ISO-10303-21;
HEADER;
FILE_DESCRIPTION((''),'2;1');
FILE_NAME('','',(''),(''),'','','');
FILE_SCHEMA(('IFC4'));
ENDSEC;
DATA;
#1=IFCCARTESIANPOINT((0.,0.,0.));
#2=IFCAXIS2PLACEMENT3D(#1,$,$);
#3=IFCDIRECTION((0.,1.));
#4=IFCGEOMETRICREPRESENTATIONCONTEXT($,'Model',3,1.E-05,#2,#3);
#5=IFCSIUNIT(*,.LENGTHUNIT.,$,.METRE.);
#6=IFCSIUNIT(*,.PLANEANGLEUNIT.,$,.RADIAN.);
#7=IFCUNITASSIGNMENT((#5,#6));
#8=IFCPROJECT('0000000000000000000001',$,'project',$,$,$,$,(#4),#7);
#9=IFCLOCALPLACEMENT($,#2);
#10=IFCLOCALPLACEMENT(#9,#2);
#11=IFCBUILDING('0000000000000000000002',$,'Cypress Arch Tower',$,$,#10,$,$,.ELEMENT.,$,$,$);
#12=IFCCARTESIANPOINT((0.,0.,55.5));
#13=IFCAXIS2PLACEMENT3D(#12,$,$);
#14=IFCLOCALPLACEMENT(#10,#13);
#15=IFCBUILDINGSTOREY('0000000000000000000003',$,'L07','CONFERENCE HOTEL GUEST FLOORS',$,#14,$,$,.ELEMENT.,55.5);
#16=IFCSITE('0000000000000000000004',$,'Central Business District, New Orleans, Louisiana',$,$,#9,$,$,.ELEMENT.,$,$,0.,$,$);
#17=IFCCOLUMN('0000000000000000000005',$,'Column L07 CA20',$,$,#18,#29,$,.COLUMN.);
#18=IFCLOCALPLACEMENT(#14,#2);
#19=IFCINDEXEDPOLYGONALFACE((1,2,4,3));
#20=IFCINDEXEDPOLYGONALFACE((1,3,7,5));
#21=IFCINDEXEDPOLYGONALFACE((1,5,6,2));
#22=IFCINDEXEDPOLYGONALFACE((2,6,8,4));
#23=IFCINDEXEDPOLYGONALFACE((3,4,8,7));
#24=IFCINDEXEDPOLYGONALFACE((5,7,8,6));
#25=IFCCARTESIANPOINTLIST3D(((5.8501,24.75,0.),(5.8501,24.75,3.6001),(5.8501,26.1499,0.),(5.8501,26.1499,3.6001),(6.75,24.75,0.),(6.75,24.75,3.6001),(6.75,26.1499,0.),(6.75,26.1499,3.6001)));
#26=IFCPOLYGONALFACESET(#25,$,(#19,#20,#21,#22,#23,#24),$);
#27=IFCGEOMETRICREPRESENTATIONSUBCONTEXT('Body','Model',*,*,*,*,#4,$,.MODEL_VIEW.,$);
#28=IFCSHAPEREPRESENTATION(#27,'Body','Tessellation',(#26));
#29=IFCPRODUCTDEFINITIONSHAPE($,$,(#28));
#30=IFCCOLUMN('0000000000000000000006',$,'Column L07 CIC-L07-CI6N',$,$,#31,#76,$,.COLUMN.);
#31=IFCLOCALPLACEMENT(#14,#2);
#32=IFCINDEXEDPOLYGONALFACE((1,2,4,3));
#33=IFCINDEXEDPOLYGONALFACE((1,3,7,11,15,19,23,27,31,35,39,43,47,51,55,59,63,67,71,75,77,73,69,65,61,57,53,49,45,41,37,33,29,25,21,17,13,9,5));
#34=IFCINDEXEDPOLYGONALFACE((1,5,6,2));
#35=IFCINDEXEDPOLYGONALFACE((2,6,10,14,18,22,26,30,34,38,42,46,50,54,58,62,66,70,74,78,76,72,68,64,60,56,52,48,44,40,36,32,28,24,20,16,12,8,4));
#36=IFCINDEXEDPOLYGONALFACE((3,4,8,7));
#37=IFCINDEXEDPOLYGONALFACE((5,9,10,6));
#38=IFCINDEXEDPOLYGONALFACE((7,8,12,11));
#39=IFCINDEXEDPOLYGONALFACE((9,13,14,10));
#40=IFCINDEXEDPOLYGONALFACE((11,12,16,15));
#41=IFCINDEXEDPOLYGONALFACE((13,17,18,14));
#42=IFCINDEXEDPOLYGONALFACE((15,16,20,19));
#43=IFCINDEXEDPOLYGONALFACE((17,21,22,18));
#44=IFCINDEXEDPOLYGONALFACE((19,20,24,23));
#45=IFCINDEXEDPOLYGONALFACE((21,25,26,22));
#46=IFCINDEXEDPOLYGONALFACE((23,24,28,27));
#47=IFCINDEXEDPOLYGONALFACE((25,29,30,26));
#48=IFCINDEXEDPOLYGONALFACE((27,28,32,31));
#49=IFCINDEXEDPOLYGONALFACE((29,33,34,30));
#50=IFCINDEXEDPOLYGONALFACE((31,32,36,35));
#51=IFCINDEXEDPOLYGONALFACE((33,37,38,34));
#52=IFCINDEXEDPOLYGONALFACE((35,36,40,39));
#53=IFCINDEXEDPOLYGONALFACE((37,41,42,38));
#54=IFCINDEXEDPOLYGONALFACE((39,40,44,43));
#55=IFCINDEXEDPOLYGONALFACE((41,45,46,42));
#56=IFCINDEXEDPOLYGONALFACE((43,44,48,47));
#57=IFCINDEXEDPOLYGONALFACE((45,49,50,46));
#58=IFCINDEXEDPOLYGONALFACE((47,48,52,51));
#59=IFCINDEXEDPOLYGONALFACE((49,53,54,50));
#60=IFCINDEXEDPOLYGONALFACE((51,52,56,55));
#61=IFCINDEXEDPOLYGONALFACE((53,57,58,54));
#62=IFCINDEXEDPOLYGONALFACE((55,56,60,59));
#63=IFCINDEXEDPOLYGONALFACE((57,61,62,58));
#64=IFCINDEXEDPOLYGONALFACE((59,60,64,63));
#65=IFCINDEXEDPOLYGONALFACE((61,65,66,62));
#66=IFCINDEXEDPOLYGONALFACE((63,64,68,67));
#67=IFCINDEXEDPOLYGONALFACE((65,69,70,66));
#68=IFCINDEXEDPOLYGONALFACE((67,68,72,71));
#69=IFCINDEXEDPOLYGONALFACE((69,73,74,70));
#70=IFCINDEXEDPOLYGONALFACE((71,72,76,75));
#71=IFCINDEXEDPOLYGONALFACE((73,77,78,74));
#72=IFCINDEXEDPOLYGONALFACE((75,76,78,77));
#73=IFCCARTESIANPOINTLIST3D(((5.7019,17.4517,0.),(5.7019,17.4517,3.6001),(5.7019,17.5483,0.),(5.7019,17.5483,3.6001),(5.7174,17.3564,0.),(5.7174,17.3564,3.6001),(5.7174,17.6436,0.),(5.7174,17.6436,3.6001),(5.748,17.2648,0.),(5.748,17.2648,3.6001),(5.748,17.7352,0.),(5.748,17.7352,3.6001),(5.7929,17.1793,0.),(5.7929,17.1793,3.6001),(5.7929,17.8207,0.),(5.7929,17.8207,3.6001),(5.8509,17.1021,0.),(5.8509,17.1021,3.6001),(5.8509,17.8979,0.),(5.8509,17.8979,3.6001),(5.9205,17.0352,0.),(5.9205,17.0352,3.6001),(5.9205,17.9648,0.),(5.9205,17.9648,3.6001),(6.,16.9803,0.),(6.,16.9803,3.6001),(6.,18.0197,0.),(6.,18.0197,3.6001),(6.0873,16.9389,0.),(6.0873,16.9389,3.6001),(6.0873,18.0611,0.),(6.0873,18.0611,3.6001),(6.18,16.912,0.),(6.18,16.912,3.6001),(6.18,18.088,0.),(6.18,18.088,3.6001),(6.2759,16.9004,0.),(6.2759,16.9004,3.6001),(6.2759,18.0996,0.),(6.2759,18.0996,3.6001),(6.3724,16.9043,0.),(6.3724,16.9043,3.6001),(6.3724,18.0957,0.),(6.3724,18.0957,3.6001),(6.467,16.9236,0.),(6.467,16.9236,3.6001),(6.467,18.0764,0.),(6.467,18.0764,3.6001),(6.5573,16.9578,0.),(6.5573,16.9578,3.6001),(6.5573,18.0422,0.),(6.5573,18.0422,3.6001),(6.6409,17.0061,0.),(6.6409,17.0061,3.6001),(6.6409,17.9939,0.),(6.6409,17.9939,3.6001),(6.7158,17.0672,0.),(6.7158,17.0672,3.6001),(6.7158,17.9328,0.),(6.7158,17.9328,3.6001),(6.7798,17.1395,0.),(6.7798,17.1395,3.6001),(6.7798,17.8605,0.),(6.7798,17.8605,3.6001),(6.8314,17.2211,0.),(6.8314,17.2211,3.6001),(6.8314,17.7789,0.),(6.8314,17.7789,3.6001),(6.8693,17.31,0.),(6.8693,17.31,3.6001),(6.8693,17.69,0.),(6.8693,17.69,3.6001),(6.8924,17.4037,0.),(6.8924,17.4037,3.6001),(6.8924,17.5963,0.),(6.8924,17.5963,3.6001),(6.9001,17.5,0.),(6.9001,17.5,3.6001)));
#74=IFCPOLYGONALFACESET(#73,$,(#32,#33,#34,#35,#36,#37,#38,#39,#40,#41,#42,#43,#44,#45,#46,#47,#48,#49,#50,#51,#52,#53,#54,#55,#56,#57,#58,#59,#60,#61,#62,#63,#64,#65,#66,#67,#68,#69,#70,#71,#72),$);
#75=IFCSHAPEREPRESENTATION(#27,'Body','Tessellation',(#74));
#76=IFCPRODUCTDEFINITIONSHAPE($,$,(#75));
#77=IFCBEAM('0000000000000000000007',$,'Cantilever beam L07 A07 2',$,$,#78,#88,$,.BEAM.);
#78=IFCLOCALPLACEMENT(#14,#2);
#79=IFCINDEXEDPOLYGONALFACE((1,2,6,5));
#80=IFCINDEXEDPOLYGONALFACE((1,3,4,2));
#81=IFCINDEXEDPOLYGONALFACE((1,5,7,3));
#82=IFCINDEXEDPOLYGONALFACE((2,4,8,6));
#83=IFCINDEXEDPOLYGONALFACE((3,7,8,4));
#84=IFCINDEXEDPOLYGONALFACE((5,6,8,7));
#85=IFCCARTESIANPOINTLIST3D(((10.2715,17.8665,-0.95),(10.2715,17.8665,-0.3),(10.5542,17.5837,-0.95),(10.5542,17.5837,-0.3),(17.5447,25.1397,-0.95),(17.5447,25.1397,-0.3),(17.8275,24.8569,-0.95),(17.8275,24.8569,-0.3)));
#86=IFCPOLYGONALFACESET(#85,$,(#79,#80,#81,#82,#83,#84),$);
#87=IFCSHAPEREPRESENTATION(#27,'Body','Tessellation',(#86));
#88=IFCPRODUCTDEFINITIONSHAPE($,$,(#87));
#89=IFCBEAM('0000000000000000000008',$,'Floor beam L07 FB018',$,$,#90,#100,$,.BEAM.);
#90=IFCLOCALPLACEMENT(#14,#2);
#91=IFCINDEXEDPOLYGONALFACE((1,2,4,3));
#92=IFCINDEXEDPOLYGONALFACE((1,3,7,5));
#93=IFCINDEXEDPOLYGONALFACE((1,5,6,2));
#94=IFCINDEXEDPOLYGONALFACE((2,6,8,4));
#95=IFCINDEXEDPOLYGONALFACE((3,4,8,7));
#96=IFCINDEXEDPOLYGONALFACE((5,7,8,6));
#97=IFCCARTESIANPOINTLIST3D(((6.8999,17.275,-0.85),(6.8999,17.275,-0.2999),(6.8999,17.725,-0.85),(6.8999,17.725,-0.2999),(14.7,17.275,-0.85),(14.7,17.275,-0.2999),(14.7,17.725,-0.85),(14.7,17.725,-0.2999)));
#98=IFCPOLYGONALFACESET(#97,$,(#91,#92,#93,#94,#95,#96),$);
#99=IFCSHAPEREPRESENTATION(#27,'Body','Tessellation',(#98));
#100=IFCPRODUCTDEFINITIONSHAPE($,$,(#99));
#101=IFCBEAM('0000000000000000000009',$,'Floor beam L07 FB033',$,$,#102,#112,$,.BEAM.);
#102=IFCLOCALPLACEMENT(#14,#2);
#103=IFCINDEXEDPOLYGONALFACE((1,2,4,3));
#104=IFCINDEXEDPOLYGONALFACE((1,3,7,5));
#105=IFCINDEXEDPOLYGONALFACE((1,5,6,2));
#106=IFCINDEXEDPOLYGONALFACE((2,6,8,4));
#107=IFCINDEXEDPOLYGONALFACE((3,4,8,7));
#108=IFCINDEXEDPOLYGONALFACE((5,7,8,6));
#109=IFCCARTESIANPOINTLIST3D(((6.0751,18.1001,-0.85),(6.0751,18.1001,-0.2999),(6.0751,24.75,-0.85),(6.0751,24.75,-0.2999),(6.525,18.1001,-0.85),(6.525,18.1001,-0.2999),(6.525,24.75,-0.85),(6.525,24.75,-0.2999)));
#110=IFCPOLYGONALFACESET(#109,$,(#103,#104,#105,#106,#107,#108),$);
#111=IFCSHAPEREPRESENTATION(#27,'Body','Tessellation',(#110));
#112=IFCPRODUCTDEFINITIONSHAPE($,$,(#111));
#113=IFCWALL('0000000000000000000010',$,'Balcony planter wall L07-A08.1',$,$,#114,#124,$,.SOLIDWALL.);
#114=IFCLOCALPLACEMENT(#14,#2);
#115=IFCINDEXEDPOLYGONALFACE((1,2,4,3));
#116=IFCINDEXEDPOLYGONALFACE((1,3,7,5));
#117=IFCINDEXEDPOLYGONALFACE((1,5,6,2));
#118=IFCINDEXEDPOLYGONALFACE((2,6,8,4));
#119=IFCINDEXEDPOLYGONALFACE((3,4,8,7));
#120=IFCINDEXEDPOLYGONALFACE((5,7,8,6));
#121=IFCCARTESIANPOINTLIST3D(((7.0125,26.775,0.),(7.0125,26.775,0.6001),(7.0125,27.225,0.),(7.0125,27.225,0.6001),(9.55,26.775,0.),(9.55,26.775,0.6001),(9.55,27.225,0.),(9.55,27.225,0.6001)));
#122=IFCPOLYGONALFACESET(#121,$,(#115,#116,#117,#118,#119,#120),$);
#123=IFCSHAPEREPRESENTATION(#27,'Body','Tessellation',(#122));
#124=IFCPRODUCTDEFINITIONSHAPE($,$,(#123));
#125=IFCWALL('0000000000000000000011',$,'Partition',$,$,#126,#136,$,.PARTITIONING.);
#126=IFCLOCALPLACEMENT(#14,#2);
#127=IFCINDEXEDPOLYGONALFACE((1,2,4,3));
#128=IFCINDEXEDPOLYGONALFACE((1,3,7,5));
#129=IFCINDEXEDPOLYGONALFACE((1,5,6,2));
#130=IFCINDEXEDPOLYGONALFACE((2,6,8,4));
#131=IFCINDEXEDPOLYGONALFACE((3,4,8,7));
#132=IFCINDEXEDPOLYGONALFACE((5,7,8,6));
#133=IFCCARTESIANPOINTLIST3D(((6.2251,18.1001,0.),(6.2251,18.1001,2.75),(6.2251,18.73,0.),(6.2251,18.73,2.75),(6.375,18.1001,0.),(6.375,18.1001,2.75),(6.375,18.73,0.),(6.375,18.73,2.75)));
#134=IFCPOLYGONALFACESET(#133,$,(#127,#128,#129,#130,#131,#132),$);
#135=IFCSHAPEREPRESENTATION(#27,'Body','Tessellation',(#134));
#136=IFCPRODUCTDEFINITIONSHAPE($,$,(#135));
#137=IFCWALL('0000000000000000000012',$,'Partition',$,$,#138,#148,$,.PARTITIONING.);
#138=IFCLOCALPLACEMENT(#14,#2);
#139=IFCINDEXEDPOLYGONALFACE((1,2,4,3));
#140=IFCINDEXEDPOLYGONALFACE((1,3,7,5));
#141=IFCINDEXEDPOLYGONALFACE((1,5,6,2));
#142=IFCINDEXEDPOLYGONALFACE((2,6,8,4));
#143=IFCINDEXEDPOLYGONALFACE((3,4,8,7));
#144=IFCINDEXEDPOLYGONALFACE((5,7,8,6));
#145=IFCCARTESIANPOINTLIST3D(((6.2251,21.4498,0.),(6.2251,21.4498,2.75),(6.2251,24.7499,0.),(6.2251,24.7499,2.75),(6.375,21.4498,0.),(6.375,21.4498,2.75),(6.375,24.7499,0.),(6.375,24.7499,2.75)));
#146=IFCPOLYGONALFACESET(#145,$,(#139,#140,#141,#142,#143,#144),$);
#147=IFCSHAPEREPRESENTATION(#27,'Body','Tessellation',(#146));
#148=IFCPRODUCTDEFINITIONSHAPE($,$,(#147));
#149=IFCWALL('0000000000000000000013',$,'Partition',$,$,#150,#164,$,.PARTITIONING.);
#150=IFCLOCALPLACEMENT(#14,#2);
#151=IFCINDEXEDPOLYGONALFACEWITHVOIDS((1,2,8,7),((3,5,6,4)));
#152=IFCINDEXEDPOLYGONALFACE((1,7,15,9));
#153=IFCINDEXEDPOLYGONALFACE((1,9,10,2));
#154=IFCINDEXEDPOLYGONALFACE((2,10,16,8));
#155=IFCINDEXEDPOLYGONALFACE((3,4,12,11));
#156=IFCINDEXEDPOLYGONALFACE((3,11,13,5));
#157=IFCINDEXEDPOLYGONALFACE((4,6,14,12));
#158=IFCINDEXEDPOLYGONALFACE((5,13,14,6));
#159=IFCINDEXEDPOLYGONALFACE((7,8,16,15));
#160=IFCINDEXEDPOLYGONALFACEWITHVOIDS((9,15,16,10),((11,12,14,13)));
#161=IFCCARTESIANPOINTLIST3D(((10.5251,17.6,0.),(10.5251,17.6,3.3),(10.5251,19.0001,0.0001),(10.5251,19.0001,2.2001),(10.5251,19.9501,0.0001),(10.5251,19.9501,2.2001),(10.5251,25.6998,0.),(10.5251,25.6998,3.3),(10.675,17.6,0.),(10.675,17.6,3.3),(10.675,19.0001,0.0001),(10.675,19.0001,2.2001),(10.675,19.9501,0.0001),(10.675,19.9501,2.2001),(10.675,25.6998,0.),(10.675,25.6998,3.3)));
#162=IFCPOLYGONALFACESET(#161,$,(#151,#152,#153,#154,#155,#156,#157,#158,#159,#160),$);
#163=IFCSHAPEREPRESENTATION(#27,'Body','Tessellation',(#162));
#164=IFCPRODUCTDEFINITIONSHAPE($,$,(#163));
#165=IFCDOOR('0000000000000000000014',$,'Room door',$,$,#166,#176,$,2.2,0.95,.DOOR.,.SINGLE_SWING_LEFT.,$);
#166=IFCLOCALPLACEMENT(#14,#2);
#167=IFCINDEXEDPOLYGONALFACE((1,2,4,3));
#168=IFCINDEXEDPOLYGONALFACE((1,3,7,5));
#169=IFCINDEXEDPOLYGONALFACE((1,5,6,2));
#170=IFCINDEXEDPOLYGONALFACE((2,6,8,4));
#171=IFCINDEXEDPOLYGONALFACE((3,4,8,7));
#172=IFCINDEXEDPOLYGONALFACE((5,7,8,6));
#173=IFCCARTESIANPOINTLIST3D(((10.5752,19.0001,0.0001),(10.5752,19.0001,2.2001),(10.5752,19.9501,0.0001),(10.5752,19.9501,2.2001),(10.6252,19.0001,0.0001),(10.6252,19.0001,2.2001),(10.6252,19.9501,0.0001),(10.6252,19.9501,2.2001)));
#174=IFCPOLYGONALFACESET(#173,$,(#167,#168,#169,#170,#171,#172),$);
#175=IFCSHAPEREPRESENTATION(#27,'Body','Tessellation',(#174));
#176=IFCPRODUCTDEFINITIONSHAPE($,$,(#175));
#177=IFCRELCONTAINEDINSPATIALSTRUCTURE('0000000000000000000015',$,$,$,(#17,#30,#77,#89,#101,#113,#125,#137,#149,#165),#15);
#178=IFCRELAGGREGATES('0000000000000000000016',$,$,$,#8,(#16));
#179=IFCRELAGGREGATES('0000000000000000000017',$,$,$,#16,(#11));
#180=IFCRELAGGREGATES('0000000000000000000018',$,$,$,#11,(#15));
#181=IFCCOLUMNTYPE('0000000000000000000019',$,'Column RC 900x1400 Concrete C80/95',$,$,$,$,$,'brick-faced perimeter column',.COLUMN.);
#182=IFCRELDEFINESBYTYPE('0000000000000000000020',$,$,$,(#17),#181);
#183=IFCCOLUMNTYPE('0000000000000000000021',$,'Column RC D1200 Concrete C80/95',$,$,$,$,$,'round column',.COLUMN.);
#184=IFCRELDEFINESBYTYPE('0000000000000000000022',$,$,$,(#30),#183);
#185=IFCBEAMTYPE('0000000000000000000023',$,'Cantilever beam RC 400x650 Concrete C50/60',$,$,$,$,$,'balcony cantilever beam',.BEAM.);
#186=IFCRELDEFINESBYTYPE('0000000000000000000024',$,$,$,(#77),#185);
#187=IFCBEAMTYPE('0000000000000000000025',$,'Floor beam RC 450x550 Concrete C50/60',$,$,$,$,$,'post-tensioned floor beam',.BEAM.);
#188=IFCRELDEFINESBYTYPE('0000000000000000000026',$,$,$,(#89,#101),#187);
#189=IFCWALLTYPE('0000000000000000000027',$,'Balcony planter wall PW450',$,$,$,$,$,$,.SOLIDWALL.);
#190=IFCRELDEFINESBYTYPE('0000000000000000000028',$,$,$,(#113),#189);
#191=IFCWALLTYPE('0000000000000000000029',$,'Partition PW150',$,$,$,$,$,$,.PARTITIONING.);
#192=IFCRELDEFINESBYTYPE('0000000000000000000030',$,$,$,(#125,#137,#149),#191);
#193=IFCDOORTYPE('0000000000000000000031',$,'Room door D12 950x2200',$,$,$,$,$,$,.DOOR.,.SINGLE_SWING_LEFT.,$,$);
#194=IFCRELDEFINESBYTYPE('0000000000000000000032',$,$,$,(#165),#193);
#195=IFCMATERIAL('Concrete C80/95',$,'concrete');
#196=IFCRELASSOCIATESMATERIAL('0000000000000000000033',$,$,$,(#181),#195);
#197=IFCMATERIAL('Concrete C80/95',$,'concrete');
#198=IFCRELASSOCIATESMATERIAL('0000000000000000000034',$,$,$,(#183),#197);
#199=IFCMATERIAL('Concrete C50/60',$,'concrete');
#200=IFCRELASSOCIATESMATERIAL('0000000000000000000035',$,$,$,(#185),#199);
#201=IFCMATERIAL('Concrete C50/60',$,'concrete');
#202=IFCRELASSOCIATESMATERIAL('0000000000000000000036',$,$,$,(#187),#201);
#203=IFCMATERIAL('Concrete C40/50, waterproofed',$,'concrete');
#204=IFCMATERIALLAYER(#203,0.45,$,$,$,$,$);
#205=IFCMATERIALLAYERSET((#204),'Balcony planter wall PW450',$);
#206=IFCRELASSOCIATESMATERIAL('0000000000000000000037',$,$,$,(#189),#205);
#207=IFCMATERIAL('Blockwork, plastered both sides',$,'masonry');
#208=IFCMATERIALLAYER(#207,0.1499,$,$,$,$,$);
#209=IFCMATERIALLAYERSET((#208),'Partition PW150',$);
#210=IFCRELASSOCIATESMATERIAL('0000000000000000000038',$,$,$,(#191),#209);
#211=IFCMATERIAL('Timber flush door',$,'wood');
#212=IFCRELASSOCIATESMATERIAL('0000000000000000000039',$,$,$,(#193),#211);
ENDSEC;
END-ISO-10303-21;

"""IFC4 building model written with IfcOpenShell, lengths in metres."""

from ifc_helpers import new_model, si_unit, direction, frame, frame_2d, origin, origin_2d, place, context, subcontext, project, spatial, rectangle, circle, extrude, material, layer, layer_set, material_profile, profile_set, type_object, element, fill, save


model = new_model("IFC4")

# Units and contexts
model_context = context("Model", 3, precision=1e-05, world=origin(), true_north=direction((0.0, 1.0)))
body_context = subcontext(model_context, "Body", "Model", "MODEL_VIEW")
ifc_project = project(units=[si_unit("LENGTHUNIT", "METRE"), si_unit("PLANEANGLEUNIT", "RADIAN")], contexts=[model_context])

# Site, building, storey
site_placement = place(None, origin())
site = spatial("IfcSite", under=ifc_project, at=site_placement, Name="Central Business District, New Orleans, Louisiana", CompositionType="ELEMENT", RefElevation=0.0)
building_placement = place(site_placement, origin())
building = spatial("IfcBuilding", under=site, at=building_placement, Name="Cypress Arch Tower", CompositionType="ELEMENT")
storey_placement = place(building_placement, frame((0.0, 0.0, 55.5)))
storey = spatial("IfcBuildingStorey", under=building, at=storey_placement, Name="L07", Description="CONFERENCE HOTEL GUEST FLOORS", CompositionType="ELEMENT", Elevation=55.5)

# Columns
ifc_material_1 = material(Name="Concrete C80/95", Category="concrete")
ifc_material_profile_1 = material_profile(ifc_material_1, rectangle(XDim=0.8999, YDim=1.3999, at=origin_2d()), Name="RC 900x1400")
ifc_profile_set_1 = profile_set([ifc_material_profile_1], Name="Concrete C80/95")
column_type_1 = type_object("IfcColumnType", Name="Column RC 900x1400 Concrete C80/95", ElementType="brick-faced perimeter column", PredefinedType="COLUMN", material=ifc_profile_set_1)
column_1_placement = place(storey_placement, frame((6.3, 25.45, 0.0), z_axis=(0.0, 0.0, 1.0), x_axis=(-1.0, 0.0, 0.0)))
element("IfcColumn", 1, at=column_1_placement, inside=storey, type_object=column_type_1, Name="Column L07 CA20", PredefinedType="COLUMN", context=body_context, shape_type="SweptSolid", body=[
    extrude(rectangle(XDim=0.8999, YDim=1.3999, at=origin_2d()), origin(), (0.0, 0.0, 1.0), 3.6001),
])
ifc_material_2 = material(Name="Concrete C80/95", Category="concrete")
ifc_material_profile_2 = material_profile(ifc_material_2, circle(Radius=0.6001, at=origin_2d()), Name="RC D1200")
ifc_profile_set_2 = profile_set([ifc_material_profile_2], Name="Concrete C80/95")
column_type_2 = type_object("IfcColumnType", Name="Column RC D1200 Concrete C80/95", ElementType="round column", PredefinedType="COLUMN", material=ifc_profile_set_2)
column_2_placement = place(storey_placement, frame((6.3, 17.5, 0.0), z_axis=(0.0, 0.0, 1.0), x_axis=(1.0, 0.0, 0.0)))
element("IfcColumn", 2, at=column_2_placement, inside=storey, type_object=column_type_2, Name="Column L07 CIC-L07-CI6N", PredefinedType="COLUMN", context=body_context, shape_type="SweptSolid", body=[
    extrude(circle(Radius=0.6001, at=origin_2d()), origin(), (0.0, 0.0, 1.0), 3.6001),
])

# Beams
ifc_material_3 = material(Name="Concrete C50/60", Category="concrete")
ifc_material_profile_3 = material_profile(ifc_material_3, rectangle(XDim=0.3999, YDim=0.6499, at=origin_2d()), Name="RC 400x650")
ifc_profile_set_3 = profile_set([ifc_material_profile_3], Name="Concrete C50/60")
beam_type_1 = type_object("IfcBeamType", Name="Cantilever beam RC 400x650 Concrete C50/60", ElementType="balcony cantilever beam", PredefinedType="BEAM", material=ifc_profile_set_3)
beam_1_placement = place(storey_placement, frame((10.4128, 17.7251, -0.625), z_axis=(0.707107, 0.707107, 0.0), x_axis=(-0.707107, 0.707107, 0.0)))
element("IfcBeam", 3, at=beam_1_placement, inside=storey, type_object=beam_type_1, Name="Cantilever beam L07 A07 2", PredefinedType="BEAM", context=body_context, shape_type="SweptSolid", body=[
    extrude(rectangle(XDim=0.3999, YDim=0.6499, at=origin_2d()), origin(), (0.0, 0.0, 1.0), 10.2859),
])
ifc_material_4 = material(Name="Concrete C50/60", Category="concrete")
ifc_material_profile_4 = material_profile(ifc_material_4, rectangle(XDim=0.45, YDim=0.55, at=origin_2d()), Name="RC 450x550")
ifc_profile_set_4 = profile_set([ifc_material_profile_4], Name="Concrete C50/60")
beam_type_2 = type_object("IfcBeamType", Name="Floor beam RC 450x550 Concrete C50/60", ElementType="post-tensioned floor beam", PredefinedType="BEAM", material=ifc_profile_set_4)
beam_2_placement = place(storey_placement, frame((6.8999, 17.5, -0.575), z_axis=(1.0, 0.0, 0.0), x_axis=(0.0, 1.0, 0.0)))
element("IfcBeam", 4, at=beam_2_placement, inside=storey, type_object=beam_type_2, Name="Floor beam L07 FB018", PredefinedType="BEAM", context=body_context, shape_type="SweptSolid", body=[
    extrude(rectangle(XDim=0.45, YDim=0.55, at=origin_2d()), origin(), (0.0, 0.0, 1.0), 7.8),
])
beam_3_placement = place(storey_placement, frame((6.3, 18.1001, -0.575), z_axis=(0.0, 1.0, 0.0), x_axis=(-1.0, 0.0, 0.0)))
element("IfcBeam", 5, at=beam_3_placement, inside=storey, type_object=beam_type_2, Name="Floor beam L07 FB033", PredefinedType="BEAM", context=body_context, shape_type="SweptSolid", body=[
    extrude(rectangle(XDim=0.45, YDim=0.55, at=origin_2d()), origin(), (0.0, 0.0, 1.0), 6.6499),
])

# Wall
ifc_material_5 = material(Name="Concrete C40/50, waterproofed", Category="concrete")
ifc_layer_1 = layer(ifc_material_5, 0.45)
ifc_layer_set_1 = layer_set([ifc_layer_1], Name="Balcony planter wall PW450")
wall_type_1 = type_object("IfcWallType", Name="Balcony planter wall PW450", PredefinedType="SOLIDWALL", material=ifc_layer_set_1)
wall_1_placement = place(storey_placement, frame((9.55, 27.0, 0.0), z_axis=(0.0, 0.0, 1.0), x_axis=(-1.0, 0.0, 0.0)))
element("IfcWall", 6, at=wall_1_placement, inside=storey, type_object=wall_type_1, Name="Balcony planter wall L07-A08.1", PredefinedType="SOLIDWALL", context=body_context, shape_type="SweptSolid", body=[
    extrude(rectangle(XDim=2.5376, YDim=0.45, at=frame_2d((1.2688, 0.0))), origin(), (0.0, 0.0, 1.0), 0.6001),
])

# Walls
ifc_material_6 = material(Name="Blockwork, plastered both sides", Category="masonry")
ifc_layer_2 = layer(ifc_material_6, 0.1499)
ifc_layer_set_2 = layer_set([ifc_layer_2], Name="Partition PW150")
wall_type_2 = type_object("IfcWallType", Name="Partition PW150", PredefinedType="PARTITIONING", material=ifc_layer_set_2)
wall_2_placement = place(storey_placement, frame((6.3, 18.1001, 0.0), z_axis=(0.0, 0.0, 1.0), x_axis=(0.0, 1.0, 0.0)))
element("IfcWall", 7, at=wall_2_placement, inside=storey, type_object=wall_type_2, Name="Partition", PredefinedType="PARTITIONING", context=body_context, shape_type="SweptSolid", body=[
    extrude(rectangle(XDim=0.6299, YDim=0.1499, at=frame_2d((0.3149, 0.0))), origin(), (0.0, 0.0, 1.0), 2.75),
])
wall_3_placement = place(storey_placement, frame((6.3, 21.45, 0.0), z_axis=(0.0, 0.0, 1.0), x_axis=(0.0, 1.0, 0.0)))
element("IfcWall", 8, at=wall_3_placement, inside=storey, type_object=wall_type_2, Name="Partition", PredefinedType="PARTITIONING", context=body_context, shape_type="SweptSolid", body=[
    extrude(rectangle(XDim=3.3, YDim=0.1499, at=frame_2d((1.6499, 0.0))), origin(), (0.0, 0.0, 1.0), 2.75),
])

# Wall, opening, door
wall_4_placement = place(storey_placement, frame((10.6001, 17.6001, 0.0), z_axis=(0.0, 0.0, 1.0), x_axis=(0.0, 1.0, 0.0)))
wall_4 = element("IfcWall", 9, at=wall_4_placement, inside=storey, type_object=wall_type_2, Name="Partition", PredefinedType="PARTITIONING", context=body_context, shape_type="SweptSolid", body=[
    extrude(rectangle(XDim=8.0999, YDim=0.1499, at=frame_2d((4.0498, 0.0))), origin(), (0.0, 0.0, 1.0), 3.3),
])
opening_1_placement = place(wall_4_placement, frame((1.3999, 0.0, 0.0)))
opening_1 = element("IfcOpeningElement", 10, at=opening_1_placement, cuts=wall_4, PredefinedType="OPENING", context=body_context, shape_type="SweptSolid", body=[
    extrude(rectangle(XDim=0.95, YDim=2.2, at=frame_2d((0.4751, 1.1001))), frame((0.0, 0.085, 0.0), z_axis=(0.0, -1.0, 0.0), x_axis=(1.0, 0.0, 0.0)), (0.0, 0.0, 1.0), 0.1699),
])
ifc_material_7 = material(Name="Timber flush door", Category="wood")
door_type_1 = type_object("IfcDoorType", Name="Room door D12 950x2200", OperationType="SINGLE_SWING_LEFT", PredefinedType="DOOR", material=ifc_material_7)
door_1_placement = place(opening_1_placement, origin())
door_1 = element("IfcDoor", 11, at=door_1_placement, inside=storey, type_object=door_type_1, Name="Room door", OperationType="SINGLE_SWING_LEFT", OverallHeight=2.2, OverallWidth=0.95, PredefinedType="DOOR", context=body_context, shape_type="SweptSolid", body=[
    extrude(rectangle(XDim=0.95, YDim=2.2, at=frame_2d((0.4751, 1.1001))), frame((0.0, 0.0249, 0.0), z_axis=(0.0, -1.0, 0.0), x_axis=(1.0, 0.0, 0.0)), (0.0, 0.0, 1.0), 0.05),
])
fill(opening_1, door_1)

save(model, "model.ifc")
